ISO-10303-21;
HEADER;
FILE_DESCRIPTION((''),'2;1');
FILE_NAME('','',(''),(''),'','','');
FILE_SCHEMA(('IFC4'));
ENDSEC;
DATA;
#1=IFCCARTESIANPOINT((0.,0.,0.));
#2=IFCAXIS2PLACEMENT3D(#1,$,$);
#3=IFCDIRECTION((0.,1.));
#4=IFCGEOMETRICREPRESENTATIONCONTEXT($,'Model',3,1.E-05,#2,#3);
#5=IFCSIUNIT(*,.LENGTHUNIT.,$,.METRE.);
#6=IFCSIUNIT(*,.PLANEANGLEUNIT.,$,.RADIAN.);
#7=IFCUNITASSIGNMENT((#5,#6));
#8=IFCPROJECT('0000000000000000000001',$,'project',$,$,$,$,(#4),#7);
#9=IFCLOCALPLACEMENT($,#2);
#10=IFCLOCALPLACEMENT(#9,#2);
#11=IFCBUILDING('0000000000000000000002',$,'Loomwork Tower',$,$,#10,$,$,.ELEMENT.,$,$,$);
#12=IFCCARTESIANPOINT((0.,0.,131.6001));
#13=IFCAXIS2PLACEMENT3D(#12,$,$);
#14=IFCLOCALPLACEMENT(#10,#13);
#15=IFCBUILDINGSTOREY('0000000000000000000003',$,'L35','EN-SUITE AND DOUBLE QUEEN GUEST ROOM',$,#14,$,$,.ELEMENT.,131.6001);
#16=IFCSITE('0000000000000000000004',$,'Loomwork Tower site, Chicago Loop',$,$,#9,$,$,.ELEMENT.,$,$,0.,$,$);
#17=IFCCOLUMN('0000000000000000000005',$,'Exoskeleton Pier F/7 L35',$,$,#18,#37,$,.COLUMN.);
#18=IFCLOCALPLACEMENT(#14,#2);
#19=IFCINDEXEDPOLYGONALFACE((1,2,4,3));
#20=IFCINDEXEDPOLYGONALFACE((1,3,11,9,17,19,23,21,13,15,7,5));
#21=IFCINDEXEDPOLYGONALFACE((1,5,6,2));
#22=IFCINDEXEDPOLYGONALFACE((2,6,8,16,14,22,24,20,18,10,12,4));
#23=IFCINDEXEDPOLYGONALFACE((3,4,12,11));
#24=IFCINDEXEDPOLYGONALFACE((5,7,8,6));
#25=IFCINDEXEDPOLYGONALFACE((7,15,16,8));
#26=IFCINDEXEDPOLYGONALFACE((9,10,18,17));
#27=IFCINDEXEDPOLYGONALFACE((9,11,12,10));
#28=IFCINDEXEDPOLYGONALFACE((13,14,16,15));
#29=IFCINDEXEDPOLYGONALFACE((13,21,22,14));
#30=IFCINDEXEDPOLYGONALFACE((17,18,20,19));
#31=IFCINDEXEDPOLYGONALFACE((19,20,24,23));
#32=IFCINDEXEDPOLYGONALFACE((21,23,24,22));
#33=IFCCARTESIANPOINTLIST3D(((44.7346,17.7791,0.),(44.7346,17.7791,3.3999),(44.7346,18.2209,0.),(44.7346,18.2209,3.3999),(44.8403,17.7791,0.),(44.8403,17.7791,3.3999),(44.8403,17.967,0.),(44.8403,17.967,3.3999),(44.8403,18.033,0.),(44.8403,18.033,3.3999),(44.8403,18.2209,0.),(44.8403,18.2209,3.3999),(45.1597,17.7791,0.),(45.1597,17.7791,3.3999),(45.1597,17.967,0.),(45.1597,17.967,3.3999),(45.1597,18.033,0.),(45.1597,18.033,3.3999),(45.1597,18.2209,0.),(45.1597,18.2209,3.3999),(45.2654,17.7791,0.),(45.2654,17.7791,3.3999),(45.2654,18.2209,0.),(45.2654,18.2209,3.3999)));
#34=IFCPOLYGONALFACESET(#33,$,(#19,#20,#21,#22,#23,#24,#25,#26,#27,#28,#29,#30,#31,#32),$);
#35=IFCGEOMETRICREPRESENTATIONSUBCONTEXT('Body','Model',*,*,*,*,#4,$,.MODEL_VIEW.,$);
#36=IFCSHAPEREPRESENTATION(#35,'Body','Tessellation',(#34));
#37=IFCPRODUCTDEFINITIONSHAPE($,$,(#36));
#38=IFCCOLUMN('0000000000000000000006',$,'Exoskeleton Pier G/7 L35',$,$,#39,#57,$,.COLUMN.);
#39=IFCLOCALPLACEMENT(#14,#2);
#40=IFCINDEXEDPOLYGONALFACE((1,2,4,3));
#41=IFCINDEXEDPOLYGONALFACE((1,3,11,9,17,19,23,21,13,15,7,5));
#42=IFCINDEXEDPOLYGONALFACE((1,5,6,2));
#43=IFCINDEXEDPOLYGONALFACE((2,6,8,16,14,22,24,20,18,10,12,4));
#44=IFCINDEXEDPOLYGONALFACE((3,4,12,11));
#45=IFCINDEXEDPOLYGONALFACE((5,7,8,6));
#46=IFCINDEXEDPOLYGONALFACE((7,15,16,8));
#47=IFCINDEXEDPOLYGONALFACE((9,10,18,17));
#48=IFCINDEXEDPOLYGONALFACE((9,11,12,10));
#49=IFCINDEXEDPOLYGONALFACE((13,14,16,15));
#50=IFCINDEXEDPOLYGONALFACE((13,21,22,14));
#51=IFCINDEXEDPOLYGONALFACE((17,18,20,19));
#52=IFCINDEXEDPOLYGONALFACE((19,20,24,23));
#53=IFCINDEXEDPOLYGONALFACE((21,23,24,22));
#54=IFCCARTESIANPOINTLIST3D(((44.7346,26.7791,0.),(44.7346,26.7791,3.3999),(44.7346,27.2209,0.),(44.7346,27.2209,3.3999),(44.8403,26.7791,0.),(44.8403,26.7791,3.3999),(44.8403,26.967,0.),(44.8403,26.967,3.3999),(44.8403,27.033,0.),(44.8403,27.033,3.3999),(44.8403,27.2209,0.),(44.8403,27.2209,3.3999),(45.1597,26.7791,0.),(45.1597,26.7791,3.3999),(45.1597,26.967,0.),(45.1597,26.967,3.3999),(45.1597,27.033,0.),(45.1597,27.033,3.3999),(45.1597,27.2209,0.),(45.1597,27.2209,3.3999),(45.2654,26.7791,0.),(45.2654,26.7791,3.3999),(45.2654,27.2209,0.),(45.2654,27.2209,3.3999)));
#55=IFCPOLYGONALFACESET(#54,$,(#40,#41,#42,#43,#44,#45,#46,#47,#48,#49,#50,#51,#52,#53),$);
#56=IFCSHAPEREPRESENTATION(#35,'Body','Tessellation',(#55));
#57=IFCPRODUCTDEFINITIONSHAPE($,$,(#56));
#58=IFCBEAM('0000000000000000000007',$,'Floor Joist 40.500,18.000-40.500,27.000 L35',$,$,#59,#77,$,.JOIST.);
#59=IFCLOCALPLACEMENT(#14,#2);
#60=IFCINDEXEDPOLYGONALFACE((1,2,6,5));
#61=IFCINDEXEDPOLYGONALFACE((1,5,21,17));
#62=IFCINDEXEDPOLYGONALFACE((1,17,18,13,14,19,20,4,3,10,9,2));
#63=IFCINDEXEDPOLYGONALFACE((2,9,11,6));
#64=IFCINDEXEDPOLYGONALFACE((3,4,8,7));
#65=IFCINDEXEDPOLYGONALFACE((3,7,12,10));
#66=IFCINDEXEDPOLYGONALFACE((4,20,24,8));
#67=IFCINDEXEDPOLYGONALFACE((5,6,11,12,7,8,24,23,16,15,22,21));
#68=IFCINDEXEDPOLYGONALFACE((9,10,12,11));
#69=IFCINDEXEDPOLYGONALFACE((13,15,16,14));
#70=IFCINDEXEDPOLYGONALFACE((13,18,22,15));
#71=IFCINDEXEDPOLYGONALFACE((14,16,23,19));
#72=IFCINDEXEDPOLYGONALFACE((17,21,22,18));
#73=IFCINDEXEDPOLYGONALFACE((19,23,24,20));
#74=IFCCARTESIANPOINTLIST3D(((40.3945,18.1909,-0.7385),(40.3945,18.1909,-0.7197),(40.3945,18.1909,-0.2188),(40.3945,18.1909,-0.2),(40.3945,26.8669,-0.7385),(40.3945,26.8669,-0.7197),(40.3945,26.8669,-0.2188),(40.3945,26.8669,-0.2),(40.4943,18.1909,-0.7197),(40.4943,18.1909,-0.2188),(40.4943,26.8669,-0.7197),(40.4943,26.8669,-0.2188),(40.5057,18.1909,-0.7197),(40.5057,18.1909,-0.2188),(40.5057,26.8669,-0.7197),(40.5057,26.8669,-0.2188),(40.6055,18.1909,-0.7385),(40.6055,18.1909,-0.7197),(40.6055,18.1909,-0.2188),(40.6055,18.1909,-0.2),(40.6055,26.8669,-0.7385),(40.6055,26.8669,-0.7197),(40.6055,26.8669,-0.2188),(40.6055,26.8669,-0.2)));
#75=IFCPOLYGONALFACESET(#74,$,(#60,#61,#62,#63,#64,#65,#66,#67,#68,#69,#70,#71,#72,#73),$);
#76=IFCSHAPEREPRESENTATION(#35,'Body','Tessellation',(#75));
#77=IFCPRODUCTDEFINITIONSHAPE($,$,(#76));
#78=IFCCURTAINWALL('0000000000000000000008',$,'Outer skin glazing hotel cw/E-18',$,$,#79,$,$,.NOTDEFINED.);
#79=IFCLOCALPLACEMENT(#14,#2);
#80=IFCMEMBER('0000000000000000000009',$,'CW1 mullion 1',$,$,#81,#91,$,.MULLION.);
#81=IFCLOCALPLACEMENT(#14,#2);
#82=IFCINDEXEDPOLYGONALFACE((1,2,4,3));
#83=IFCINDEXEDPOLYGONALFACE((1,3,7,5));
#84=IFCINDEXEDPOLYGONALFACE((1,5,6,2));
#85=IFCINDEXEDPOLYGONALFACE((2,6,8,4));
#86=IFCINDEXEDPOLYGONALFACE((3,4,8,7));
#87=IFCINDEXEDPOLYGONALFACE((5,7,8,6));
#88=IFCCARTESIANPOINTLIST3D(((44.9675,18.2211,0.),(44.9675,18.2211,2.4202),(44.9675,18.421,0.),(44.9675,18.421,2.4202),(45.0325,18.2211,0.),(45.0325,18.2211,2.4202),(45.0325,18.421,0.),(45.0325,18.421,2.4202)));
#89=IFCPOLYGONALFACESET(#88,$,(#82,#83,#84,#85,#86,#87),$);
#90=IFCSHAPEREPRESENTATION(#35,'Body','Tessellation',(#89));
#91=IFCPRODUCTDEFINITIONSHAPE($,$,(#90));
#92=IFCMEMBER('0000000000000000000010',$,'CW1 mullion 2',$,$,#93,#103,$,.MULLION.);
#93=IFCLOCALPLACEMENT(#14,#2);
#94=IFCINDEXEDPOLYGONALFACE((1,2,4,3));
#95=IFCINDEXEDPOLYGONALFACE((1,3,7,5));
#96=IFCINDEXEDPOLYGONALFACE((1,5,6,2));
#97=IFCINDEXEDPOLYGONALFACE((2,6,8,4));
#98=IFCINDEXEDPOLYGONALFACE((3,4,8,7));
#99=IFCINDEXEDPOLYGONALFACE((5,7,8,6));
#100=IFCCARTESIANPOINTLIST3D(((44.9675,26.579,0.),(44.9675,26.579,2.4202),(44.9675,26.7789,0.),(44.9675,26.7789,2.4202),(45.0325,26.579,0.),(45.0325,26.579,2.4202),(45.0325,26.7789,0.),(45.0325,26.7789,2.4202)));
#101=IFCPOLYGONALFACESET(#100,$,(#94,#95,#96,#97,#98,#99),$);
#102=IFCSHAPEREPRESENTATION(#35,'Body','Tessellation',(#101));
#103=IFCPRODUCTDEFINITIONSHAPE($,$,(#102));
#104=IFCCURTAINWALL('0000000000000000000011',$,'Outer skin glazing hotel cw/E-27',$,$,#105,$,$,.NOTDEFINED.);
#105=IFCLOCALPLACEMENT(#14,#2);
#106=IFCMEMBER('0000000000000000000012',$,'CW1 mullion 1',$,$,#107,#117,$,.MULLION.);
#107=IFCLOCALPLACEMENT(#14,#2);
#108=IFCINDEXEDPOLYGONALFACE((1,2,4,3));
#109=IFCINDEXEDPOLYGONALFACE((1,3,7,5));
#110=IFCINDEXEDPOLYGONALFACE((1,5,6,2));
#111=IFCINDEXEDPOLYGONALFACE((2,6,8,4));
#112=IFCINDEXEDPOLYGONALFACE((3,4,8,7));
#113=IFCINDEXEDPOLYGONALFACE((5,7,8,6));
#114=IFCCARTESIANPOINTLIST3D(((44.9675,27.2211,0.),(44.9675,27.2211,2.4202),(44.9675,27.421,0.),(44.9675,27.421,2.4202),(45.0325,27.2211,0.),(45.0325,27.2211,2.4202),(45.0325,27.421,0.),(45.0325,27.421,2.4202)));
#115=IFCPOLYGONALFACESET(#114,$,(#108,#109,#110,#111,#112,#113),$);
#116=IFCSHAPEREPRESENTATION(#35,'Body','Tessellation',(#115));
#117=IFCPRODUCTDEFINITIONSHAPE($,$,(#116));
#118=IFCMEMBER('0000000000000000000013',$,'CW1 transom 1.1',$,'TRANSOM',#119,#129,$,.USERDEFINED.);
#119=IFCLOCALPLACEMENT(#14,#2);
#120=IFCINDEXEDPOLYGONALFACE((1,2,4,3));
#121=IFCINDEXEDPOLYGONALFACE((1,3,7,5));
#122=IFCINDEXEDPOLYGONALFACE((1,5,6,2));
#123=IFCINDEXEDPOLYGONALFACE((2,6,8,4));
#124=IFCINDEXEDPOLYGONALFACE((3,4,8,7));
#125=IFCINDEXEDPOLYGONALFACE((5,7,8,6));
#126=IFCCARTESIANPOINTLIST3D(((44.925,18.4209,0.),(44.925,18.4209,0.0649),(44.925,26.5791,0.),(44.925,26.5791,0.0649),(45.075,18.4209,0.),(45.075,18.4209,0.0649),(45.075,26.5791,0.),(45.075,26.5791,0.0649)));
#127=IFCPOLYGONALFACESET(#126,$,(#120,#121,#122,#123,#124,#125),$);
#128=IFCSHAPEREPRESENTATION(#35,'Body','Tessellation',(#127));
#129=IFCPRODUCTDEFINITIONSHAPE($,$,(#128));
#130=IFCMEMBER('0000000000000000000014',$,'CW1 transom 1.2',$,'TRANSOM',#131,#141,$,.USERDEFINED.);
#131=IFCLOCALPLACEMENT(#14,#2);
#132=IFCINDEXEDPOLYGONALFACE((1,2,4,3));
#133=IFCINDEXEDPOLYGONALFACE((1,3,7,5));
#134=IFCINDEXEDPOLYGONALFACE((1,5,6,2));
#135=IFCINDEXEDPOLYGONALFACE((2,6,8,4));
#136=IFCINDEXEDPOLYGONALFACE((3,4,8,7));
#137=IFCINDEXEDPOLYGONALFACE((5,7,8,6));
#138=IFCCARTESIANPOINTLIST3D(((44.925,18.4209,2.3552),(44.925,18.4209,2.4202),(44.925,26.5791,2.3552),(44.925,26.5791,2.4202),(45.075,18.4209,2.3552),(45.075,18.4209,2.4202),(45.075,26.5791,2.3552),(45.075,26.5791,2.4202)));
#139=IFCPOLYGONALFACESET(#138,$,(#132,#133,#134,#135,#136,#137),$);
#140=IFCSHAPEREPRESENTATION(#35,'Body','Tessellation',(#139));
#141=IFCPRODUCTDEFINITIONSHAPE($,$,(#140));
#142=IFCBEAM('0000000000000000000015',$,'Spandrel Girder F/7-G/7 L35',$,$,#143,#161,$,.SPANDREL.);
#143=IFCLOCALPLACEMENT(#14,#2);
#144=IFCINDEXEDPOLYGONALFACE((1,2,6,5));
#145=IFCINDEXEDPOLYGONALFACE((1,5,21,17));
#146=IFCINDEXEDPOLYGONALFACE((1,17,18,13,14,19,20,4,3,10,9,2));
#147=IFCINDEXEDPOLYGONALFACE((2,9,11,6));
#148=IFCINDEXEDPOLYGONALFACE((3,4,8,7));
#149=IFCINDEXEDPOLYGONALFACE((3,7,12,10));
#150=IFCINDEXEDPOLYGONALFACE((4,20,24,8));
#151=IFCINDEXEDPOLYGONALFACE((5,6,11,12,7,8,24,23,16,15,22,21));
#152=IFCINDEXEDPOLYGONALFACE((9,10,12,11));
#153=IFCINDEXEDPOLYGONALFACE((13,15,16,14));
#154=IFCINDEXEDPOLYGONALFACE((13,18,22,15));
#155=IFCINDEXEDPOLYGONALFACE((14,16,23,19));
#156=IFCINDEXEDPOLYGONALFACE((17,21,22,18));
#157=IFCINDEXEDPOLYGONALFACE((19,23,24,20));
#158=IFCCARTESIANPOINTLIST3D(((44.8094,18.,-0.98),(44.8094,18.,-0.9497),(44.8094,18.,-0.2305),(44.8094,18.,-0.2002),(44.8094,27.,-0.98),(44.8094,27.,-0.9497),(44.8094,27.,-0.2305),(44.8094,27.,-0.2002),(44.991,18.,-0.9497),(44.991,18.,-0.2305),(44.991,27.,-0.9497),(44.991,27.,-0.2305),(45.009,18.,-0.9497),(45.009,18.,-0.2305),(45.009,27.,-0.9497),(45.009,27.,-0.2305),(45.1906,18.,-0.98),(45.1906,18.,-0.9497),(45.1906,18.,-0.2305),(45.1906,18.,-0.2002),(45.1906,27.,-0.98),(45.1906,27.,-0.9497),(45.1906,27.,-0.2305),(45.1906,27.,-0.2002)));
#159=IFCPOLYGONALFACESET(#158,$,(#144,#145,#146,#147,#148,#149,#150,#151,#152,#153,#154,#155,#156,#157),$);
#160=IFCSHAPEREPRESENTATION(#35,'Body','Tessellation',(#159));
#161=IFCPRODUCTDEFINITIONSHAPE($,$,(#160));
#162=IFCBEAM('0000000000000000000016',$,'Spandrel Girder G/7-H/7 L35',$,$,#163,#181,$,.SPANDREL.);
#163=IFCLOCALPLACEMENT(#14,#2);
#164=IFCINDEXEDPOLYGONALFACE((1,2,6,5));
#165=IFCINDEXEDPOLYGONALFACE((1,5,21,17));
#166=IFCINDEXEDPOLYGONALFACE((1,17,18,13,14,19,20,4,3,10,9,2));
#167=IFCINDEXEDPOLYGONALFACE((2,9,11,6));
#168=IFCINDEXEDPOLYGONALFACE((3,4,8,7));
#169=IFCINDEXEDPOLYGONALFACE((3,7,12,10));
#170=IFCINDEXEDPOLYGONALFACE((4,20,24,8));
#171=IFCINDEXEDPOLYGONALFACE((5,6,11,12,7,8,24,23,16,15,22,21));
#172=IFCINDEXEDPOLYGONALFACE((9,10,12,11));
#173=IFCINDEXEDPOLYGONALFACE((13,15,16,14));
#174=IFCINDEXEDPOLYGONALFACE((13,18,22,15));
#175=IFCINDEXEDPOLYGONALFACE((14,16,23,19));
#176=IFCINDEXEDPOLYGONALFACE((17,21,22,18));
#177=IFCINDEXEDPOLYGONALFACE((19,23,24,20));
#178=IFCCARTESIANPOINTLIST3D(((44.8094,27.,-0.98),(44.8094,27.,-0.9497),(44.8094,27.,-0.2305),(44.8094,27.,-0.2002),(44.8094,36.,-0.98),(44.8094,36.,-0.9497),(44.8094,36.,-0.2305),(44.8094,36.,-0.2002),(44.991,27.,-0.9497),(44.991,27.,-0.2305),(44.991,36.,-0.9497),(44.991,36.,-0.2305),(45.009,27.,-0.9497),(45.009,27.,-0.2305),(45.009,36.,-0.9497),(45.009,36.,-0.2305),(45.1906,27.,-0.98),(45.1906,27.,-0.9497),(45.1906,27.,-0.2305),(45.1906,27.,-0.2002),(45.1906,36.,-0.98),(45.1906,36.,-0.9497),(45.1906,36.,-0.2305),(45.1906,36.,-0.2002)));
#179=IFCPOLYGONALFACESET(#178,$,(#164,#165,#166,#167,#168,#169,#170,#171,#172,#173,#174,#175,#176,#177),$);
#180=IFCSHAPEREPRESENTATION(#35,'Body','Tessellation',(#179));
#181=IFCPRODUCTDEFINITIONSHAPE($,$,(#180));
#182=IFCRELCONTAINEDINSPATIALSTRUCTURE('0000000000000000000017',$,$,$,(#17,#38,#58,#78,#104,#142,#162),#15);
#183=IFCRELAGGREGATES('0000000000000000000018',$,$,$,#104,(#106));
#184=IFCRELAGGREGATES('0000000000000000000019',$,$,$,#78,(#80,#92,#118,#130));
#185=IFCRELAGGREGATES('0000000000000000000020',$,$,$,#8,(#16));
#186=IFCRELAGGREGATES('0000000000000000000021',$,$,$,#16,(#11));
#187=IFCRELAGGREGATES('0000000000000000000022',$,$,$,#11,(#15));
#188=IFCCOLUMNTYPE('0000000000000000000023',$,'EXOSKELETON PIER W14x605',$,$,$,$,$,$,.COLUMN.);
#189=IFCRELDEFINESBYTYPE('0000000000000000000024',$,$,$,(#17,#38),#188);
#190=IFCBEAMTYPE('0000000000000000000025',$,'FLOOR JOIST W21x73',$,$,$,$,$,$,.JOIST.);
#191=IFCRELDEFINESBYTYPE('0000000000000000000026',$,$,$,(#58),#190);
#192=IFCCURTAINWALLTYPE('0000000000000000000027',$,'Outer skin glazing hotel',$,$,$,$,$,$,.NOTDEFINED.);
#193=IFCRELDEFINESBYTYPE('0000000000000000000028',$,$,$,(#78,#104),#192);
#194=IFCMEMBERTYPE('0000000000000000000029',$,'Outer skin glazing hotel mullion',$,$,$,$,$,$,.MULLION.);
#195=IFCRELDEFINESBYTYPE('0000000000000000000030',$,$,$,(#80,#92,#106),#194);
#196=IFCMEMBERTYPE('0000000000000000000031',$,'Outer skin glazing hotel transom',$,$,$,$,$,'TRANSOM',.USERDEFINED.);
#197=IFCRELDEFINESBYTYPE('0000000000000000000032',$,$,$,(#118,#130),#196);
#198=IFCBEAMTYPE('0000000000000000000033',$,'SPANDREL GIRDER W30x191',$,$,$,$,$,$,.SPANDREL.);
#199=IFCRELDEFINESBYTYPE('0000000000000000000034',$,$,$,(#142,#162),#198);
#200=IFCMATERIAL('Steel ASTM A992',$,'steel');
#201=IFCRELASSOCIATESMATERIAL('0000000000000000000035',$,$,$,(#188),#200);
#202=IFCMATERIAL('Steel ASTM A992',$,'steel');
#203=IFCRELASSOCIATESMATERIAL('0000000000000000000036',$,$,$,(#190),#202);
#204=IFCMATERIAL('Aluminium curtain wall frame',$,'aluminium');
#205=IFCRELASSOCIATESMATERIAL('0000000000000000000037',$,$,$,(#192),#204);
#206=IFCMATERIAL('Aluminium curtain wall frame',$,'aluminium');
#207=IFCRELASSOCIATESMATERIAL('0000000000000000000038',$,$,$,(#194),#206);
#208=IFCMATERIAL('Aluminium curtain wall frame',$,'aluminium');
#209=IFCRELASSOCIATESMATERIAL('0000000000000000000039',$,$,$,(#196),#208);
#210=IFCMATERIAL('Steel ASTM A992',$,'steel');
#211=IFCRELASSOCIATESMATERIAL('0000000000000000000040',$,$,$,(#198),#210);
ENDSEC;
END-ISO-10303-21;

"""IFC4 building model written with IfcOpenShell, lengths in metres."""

from ifc_helpers import new_model, si_unit, direction, frame, origin, origin_2d, place, context, subcontext, project, spatial, rectangle, i_section, extrude, material, material_profile, profile_set, type_object, element, aggregate, save


model = new_model("IFC4")

# Units and contexts
model_context = context("Model", 3, precision=1e-05, world=origin(), true_north=direction((0.0, 1.0)))
body_context = subcontext(model_context, "Body", "Model", "MODEL_VIEW")
ifc_project = project(units=[si_unit("LENGTHUNIT", "METRE"), si_unit("PLANEANGLEUNIT", "RADIAN")], contexts=[model_context])

# Site, building, storey
site_placement = place(None, origin())
site = spatial("IfcSite", under=ifc_project, at=site_placement, Name="Loomwork Tower site, Chicago Loop", CompositionType="ELEMENT", RefElevation=0.0)
building_placement = place(site_placement, origin())
building = spatial("IfcBuilding", under=site, at=building_placement, Name="Loomwork Tower", CompositionType="ELEMENT")
storey_placement = place(building_placement, frame((0.0, 0.0, 131.6001)))
storey = spatial("IfcBuildingStorey", under=building, at=storey_placement, Name="L35", Description="EN-SUITE AND DOUBLE QUEEN GUEST ROOM", CompositionType="ELEMENT", Elevation=131.6001)

# Columns
ifc_material_1 = material(Name="Steel ASTM A992", Category="steel")
ifc_material_profile_1 = material_profile(ifc_material_1, i_section(OverallWidth=0.4419, OverallDepth=0.5308, WebThickness=0.0659, FlangeThickness=0.1057, at=origin_2d()), Name="W14x605")
ifc_profile_set_1 = profile_set([ifc_material_profile_1], Name="Steel ASTM A992")
column_type = type_object("IfcColumnType", Name="EXOSKELETON PIER W14x605", PredefinedType="COLUMN", material=ifc_profile_set_1)
for number, where, z_axis, x_axis, name in (
    (1, (45.0, 18.0, 0.0), (0.0, 0.0, 1.0), (0.0, 1.0, 0.0), "Exoskeleton Pier F/7 L35"),
    (2, (45.0, 27.0, 0.0), (0.0, 0.0, 1.0), (0.0, 1.0, 0.0), "Exoskeleton Pier G/7 L35"),
):
    element("IfcColumn", number, at=place(storey_placement, frame(where, z_axis=z_axis, x_axis=x_axis)), inside=storey, type_object=column_type, Name=name, PredefinedType="COLUMN", context=body_context, shape_type="SweptSolid", body=[
        extrude(i_section(OverallWidth=0.4419, OverallDepth=0.5308, WebThickness=0.0659, FlangeThickness=0.1057, at=origin_2d()), origin(), (0.0, 0.0, 1.0), 3.3999),
    ])

# Beam
ifc_material_2 = material(Name="Steel ASTM A992", Category="steel")
ifc_material_profile_2 = material_profile(ifc_material_2, i_section(OverallWidth=0.2109, OverallDepth=0.5386, WebThickness=0.0115, FlangeThickness=0.0188, at=origin_2d()), Name="W21x73")
ifc_profile_set_2 = profile_set([ifc_material_profile_2], Name="Steel ASTM A992")
beam_type_1 = type_object("IfcBeamType", Name="FLOOR JOIST W21x73", PredefinedType="JOIST", material=ifc_profile_set_2)
beam_placement = place(storey_placement, frame((40.5, 18.1909, -0.4692), z_axis=(0.0, 1.0, 0.0), x_axis=(-1.0, 0.0, 0.0)))
element("IfcBeam", 3, at=beam_placement, inside=storey, type_object=beam_type_1, Name="Floor Joist 40.500,18.000-40.500,27.000 L35", PredefinedType="JOIST", context=body_context, shape_type="SweptSolid", body=[
    extrude(i_section(OverallWidth=0.2109, OverallDepth=0.5386, WebThickness=0.0115, FlangeThickness=0.0188, at=origin_2d()), origin(), (0.0, 0.0, 1.0), 8.676),
])

# Curtain wall, members
ifc_material_3 = material(Name="Aluminium curtain wall frame", Category="aluminium")
curtain_wall_type = type_object("IfcCurtainWallType", Name="Outer skin glazing hotel", PredefinedType="NOTDEFINED", material=ifc_material_3)
curtain_wall_1_placement = place(storey_placement, origin())
curtain_wall_1 = element("IfcCurtainWall", 4, at=curtain_wall_1_placement, inside=storey, type_object=curtain_wall_type, Name="Outer skin glazing hotel cw/E-18", PredefinedType="NOTDEFINED")
ifc_material_4 = material(Name="Aluminium curtain wall frame", Category="aluminium")
ifc_material_profile_3 = material_profile(ifc_material_4, rectangle(XDim=0.0649, YDim=0.2, at=origin_2d()), Name="AL 65x200")
ifc_profile_set_3 = profile_set([ifc_material_profile_3], Name="Aluminium curtain wall frame")
member_type_1 = type_object("IfcMemberType", Name="Outer skin glazing hotel mullion", PredefinedType="MULLION", material=ifc_profile_set_3)
member_1_placement = place(storey_placement, frame((45.0, 18.321, 0.0), z_axis=(0.0, 0.0, 1.0), x_axis=(-1.0, 0.0, 0.0)))
member_1 = element("IfcMember", 5, at=member_1_placement, type_object=member_type_1, Name="CW1 mullion 1", PredefinedType="MULLION", context=body_context, shape_type="SweptSolid", body=[
    extrude(rectangle(XDim=0.0649, YDim=0.2, at=origin_2d()), origin(), (0.0, 0.0, 1.0), 2.4202),
])
member_2_placement = place(storey_placement, frame((45.0, 26.679, 0.0), z_axis=(0.0, 0.0, 1.0), x_axis=(-1.0, 0.0, 0.0)))
member_2 = element("IfcMember", 6, at=member_2_placement, type_object=member_type_1, Name="CW1 mullion 2", PredefinedType="MULLION", context=body_context, shape_type="SweptSolid", body=[
    extrude(rectangle(XDim=0.0649, YDim=0.2, at=origin_2d()), origin(), (0.0, 0.0, 1.0), 2.4202),
])

# Curtain wall, member
curtain_wall_2_placement = place(storey_placement, origin())
curtain_wall_2 = element("IfcCurtainWall", 7, at=curtain_wall_2_placement, inside=storey, type_object=curtain_wall_type, Name="Outer skin glazing hotel cw/E-27", PredefinedType="NOTDEFINED")
member_3_placement = place(storey_placement, frame((45.0, 27.321, 0.0), z_axis=(0.0, 0.0, 1.0), x_axis=(-1.0, 0.0, 0.0)))
member_3 = element("IfcMember", 8, at=member_3_placement, type_object=member_type_1, Name="CW1 mullion 1", PredefinedType="MULLION", context=body_context, shape_type="SweptSolid", body=[
    extrude(rectangle(XDim=0.0649, YDim=0.2, at=origin_2d()), origin(), (0.0, 0.0, 1.0), 2.4202),
])
aggregate(curtain_wall_2, [member_3])

# Members
ifc_material_5 = material(Name="Aluminium curtain wall frame", Category="aluminium")
ifc_material_profile_4 = material_profile(ifc_material_5, rectangle(XDim=0.1499, YDim=0.0649, at=origin_2d()), Name="AL 65x150")
ifc_profile_set_4 = profile_set([ifc_material_profile_4], Name="Aluminium curtain wall frame")
member_type_2 = type_object("IfcMemberType", Name="Outer skin glazing hotel transom", ElementType="TRANSOM", PredefinedType="USERDEFINED", material=ifc_profile_set_4)
member_4_placement = place(storey_placement, frame((45.0, 18.4209, 0.0325), z_axis=(0.0, 1.0, 0.0), x_axis=(-1.0, 0.0, 0.0)))
member_4 = element("IfcMember", 9, at=member_4_placement, type_object=member_type_2, Name="CW1 transom 1.1", ObjectType="TRANSOM", PredefinedType="USERDEFINED", context=body_context, shape_type="SweptSolid", body=[
    extrude(rectangle(XDim=0.1499, YDim=0.0649, at=origin_2d()), origin(), (0.0, 0.0, 1.0), 8.1582),
])
member_5_placement = place(storey_placement, frame((45.0, 18.4209, 2.3877), z_axis=(0.0, 1.0, 0.0), x_axis=(-1.0, 0.0, 0.0)))
member_5 = element("IfcMember", 10, at=member_5_placement, type_object=member_type_2, Name="CW1 transom 1.2", ObjectType="TRANSOM", PredefinedType="USERDEFINED", context=body_context, shape_type="SweptSolid", body=[
    extrude(rectangle(XDim=0.1499, YDim=0.0649, at=origin_2d()), origin(), (0.0, 0.0, 1.0), 8.1582),
])

# Beams
ifc_material_6 = material(Name="Steel ASTM A992", Category="steel")
ifc_material_profile_5 = material_profile(ifc_material_6, i_section(OverallWidth=0.3811, OverallDepth=0.7798, WebThickness=0.0181, FlangeThickness=0.0303, at=origin_2d()), Name="W30x191")
ifc_profile_set_5 = profile_set([ifc_material_profile_5], Name="Steel ASTM A992")
beam_type_2 = type_object("IfcBeamType", Name="SPANDREL GIRDER W30x191", PredefinedType="SPANDREL", material=ifc_profile_set_5)
for number, where, z_axis, x_axis, name in (
    (11, (45.0, 18.0, -0.5901), (0.0, 1.0, 0.0), (-1.0, 0.0, 0.0), "Spandrel Girder F/7-G/7 L35"),
    (12, (45.0, 27.0, -0.5901), (0.0, 1.0, 0.0), (-1.0, 0.0, 0.0), "Spandrel Girder G/7-H/7 L35"),
):
    element("IfcBeam", number, at=place(storey_placement, frame(where, z_axis=z_axis, x_axis=x_axis)), inside=storey, type_object=beam_type_2, Name=name, PredefinedType="SPANDREL", context=body_context, shape_type="SweptSolid", body=[
        extrude(i_section(OverallWidth=0.3811, OverallDepth=0.7798, WebThickness=0.0181, FlangeThickness=0.0303, at=origin_2d()), origin(), (0.0, 0.0, 1.0), 9.0),
    ])

aggregate(curtain_wall_1, [member_1, member_2, member_4, member_5])

save(model, "model.ifc")
